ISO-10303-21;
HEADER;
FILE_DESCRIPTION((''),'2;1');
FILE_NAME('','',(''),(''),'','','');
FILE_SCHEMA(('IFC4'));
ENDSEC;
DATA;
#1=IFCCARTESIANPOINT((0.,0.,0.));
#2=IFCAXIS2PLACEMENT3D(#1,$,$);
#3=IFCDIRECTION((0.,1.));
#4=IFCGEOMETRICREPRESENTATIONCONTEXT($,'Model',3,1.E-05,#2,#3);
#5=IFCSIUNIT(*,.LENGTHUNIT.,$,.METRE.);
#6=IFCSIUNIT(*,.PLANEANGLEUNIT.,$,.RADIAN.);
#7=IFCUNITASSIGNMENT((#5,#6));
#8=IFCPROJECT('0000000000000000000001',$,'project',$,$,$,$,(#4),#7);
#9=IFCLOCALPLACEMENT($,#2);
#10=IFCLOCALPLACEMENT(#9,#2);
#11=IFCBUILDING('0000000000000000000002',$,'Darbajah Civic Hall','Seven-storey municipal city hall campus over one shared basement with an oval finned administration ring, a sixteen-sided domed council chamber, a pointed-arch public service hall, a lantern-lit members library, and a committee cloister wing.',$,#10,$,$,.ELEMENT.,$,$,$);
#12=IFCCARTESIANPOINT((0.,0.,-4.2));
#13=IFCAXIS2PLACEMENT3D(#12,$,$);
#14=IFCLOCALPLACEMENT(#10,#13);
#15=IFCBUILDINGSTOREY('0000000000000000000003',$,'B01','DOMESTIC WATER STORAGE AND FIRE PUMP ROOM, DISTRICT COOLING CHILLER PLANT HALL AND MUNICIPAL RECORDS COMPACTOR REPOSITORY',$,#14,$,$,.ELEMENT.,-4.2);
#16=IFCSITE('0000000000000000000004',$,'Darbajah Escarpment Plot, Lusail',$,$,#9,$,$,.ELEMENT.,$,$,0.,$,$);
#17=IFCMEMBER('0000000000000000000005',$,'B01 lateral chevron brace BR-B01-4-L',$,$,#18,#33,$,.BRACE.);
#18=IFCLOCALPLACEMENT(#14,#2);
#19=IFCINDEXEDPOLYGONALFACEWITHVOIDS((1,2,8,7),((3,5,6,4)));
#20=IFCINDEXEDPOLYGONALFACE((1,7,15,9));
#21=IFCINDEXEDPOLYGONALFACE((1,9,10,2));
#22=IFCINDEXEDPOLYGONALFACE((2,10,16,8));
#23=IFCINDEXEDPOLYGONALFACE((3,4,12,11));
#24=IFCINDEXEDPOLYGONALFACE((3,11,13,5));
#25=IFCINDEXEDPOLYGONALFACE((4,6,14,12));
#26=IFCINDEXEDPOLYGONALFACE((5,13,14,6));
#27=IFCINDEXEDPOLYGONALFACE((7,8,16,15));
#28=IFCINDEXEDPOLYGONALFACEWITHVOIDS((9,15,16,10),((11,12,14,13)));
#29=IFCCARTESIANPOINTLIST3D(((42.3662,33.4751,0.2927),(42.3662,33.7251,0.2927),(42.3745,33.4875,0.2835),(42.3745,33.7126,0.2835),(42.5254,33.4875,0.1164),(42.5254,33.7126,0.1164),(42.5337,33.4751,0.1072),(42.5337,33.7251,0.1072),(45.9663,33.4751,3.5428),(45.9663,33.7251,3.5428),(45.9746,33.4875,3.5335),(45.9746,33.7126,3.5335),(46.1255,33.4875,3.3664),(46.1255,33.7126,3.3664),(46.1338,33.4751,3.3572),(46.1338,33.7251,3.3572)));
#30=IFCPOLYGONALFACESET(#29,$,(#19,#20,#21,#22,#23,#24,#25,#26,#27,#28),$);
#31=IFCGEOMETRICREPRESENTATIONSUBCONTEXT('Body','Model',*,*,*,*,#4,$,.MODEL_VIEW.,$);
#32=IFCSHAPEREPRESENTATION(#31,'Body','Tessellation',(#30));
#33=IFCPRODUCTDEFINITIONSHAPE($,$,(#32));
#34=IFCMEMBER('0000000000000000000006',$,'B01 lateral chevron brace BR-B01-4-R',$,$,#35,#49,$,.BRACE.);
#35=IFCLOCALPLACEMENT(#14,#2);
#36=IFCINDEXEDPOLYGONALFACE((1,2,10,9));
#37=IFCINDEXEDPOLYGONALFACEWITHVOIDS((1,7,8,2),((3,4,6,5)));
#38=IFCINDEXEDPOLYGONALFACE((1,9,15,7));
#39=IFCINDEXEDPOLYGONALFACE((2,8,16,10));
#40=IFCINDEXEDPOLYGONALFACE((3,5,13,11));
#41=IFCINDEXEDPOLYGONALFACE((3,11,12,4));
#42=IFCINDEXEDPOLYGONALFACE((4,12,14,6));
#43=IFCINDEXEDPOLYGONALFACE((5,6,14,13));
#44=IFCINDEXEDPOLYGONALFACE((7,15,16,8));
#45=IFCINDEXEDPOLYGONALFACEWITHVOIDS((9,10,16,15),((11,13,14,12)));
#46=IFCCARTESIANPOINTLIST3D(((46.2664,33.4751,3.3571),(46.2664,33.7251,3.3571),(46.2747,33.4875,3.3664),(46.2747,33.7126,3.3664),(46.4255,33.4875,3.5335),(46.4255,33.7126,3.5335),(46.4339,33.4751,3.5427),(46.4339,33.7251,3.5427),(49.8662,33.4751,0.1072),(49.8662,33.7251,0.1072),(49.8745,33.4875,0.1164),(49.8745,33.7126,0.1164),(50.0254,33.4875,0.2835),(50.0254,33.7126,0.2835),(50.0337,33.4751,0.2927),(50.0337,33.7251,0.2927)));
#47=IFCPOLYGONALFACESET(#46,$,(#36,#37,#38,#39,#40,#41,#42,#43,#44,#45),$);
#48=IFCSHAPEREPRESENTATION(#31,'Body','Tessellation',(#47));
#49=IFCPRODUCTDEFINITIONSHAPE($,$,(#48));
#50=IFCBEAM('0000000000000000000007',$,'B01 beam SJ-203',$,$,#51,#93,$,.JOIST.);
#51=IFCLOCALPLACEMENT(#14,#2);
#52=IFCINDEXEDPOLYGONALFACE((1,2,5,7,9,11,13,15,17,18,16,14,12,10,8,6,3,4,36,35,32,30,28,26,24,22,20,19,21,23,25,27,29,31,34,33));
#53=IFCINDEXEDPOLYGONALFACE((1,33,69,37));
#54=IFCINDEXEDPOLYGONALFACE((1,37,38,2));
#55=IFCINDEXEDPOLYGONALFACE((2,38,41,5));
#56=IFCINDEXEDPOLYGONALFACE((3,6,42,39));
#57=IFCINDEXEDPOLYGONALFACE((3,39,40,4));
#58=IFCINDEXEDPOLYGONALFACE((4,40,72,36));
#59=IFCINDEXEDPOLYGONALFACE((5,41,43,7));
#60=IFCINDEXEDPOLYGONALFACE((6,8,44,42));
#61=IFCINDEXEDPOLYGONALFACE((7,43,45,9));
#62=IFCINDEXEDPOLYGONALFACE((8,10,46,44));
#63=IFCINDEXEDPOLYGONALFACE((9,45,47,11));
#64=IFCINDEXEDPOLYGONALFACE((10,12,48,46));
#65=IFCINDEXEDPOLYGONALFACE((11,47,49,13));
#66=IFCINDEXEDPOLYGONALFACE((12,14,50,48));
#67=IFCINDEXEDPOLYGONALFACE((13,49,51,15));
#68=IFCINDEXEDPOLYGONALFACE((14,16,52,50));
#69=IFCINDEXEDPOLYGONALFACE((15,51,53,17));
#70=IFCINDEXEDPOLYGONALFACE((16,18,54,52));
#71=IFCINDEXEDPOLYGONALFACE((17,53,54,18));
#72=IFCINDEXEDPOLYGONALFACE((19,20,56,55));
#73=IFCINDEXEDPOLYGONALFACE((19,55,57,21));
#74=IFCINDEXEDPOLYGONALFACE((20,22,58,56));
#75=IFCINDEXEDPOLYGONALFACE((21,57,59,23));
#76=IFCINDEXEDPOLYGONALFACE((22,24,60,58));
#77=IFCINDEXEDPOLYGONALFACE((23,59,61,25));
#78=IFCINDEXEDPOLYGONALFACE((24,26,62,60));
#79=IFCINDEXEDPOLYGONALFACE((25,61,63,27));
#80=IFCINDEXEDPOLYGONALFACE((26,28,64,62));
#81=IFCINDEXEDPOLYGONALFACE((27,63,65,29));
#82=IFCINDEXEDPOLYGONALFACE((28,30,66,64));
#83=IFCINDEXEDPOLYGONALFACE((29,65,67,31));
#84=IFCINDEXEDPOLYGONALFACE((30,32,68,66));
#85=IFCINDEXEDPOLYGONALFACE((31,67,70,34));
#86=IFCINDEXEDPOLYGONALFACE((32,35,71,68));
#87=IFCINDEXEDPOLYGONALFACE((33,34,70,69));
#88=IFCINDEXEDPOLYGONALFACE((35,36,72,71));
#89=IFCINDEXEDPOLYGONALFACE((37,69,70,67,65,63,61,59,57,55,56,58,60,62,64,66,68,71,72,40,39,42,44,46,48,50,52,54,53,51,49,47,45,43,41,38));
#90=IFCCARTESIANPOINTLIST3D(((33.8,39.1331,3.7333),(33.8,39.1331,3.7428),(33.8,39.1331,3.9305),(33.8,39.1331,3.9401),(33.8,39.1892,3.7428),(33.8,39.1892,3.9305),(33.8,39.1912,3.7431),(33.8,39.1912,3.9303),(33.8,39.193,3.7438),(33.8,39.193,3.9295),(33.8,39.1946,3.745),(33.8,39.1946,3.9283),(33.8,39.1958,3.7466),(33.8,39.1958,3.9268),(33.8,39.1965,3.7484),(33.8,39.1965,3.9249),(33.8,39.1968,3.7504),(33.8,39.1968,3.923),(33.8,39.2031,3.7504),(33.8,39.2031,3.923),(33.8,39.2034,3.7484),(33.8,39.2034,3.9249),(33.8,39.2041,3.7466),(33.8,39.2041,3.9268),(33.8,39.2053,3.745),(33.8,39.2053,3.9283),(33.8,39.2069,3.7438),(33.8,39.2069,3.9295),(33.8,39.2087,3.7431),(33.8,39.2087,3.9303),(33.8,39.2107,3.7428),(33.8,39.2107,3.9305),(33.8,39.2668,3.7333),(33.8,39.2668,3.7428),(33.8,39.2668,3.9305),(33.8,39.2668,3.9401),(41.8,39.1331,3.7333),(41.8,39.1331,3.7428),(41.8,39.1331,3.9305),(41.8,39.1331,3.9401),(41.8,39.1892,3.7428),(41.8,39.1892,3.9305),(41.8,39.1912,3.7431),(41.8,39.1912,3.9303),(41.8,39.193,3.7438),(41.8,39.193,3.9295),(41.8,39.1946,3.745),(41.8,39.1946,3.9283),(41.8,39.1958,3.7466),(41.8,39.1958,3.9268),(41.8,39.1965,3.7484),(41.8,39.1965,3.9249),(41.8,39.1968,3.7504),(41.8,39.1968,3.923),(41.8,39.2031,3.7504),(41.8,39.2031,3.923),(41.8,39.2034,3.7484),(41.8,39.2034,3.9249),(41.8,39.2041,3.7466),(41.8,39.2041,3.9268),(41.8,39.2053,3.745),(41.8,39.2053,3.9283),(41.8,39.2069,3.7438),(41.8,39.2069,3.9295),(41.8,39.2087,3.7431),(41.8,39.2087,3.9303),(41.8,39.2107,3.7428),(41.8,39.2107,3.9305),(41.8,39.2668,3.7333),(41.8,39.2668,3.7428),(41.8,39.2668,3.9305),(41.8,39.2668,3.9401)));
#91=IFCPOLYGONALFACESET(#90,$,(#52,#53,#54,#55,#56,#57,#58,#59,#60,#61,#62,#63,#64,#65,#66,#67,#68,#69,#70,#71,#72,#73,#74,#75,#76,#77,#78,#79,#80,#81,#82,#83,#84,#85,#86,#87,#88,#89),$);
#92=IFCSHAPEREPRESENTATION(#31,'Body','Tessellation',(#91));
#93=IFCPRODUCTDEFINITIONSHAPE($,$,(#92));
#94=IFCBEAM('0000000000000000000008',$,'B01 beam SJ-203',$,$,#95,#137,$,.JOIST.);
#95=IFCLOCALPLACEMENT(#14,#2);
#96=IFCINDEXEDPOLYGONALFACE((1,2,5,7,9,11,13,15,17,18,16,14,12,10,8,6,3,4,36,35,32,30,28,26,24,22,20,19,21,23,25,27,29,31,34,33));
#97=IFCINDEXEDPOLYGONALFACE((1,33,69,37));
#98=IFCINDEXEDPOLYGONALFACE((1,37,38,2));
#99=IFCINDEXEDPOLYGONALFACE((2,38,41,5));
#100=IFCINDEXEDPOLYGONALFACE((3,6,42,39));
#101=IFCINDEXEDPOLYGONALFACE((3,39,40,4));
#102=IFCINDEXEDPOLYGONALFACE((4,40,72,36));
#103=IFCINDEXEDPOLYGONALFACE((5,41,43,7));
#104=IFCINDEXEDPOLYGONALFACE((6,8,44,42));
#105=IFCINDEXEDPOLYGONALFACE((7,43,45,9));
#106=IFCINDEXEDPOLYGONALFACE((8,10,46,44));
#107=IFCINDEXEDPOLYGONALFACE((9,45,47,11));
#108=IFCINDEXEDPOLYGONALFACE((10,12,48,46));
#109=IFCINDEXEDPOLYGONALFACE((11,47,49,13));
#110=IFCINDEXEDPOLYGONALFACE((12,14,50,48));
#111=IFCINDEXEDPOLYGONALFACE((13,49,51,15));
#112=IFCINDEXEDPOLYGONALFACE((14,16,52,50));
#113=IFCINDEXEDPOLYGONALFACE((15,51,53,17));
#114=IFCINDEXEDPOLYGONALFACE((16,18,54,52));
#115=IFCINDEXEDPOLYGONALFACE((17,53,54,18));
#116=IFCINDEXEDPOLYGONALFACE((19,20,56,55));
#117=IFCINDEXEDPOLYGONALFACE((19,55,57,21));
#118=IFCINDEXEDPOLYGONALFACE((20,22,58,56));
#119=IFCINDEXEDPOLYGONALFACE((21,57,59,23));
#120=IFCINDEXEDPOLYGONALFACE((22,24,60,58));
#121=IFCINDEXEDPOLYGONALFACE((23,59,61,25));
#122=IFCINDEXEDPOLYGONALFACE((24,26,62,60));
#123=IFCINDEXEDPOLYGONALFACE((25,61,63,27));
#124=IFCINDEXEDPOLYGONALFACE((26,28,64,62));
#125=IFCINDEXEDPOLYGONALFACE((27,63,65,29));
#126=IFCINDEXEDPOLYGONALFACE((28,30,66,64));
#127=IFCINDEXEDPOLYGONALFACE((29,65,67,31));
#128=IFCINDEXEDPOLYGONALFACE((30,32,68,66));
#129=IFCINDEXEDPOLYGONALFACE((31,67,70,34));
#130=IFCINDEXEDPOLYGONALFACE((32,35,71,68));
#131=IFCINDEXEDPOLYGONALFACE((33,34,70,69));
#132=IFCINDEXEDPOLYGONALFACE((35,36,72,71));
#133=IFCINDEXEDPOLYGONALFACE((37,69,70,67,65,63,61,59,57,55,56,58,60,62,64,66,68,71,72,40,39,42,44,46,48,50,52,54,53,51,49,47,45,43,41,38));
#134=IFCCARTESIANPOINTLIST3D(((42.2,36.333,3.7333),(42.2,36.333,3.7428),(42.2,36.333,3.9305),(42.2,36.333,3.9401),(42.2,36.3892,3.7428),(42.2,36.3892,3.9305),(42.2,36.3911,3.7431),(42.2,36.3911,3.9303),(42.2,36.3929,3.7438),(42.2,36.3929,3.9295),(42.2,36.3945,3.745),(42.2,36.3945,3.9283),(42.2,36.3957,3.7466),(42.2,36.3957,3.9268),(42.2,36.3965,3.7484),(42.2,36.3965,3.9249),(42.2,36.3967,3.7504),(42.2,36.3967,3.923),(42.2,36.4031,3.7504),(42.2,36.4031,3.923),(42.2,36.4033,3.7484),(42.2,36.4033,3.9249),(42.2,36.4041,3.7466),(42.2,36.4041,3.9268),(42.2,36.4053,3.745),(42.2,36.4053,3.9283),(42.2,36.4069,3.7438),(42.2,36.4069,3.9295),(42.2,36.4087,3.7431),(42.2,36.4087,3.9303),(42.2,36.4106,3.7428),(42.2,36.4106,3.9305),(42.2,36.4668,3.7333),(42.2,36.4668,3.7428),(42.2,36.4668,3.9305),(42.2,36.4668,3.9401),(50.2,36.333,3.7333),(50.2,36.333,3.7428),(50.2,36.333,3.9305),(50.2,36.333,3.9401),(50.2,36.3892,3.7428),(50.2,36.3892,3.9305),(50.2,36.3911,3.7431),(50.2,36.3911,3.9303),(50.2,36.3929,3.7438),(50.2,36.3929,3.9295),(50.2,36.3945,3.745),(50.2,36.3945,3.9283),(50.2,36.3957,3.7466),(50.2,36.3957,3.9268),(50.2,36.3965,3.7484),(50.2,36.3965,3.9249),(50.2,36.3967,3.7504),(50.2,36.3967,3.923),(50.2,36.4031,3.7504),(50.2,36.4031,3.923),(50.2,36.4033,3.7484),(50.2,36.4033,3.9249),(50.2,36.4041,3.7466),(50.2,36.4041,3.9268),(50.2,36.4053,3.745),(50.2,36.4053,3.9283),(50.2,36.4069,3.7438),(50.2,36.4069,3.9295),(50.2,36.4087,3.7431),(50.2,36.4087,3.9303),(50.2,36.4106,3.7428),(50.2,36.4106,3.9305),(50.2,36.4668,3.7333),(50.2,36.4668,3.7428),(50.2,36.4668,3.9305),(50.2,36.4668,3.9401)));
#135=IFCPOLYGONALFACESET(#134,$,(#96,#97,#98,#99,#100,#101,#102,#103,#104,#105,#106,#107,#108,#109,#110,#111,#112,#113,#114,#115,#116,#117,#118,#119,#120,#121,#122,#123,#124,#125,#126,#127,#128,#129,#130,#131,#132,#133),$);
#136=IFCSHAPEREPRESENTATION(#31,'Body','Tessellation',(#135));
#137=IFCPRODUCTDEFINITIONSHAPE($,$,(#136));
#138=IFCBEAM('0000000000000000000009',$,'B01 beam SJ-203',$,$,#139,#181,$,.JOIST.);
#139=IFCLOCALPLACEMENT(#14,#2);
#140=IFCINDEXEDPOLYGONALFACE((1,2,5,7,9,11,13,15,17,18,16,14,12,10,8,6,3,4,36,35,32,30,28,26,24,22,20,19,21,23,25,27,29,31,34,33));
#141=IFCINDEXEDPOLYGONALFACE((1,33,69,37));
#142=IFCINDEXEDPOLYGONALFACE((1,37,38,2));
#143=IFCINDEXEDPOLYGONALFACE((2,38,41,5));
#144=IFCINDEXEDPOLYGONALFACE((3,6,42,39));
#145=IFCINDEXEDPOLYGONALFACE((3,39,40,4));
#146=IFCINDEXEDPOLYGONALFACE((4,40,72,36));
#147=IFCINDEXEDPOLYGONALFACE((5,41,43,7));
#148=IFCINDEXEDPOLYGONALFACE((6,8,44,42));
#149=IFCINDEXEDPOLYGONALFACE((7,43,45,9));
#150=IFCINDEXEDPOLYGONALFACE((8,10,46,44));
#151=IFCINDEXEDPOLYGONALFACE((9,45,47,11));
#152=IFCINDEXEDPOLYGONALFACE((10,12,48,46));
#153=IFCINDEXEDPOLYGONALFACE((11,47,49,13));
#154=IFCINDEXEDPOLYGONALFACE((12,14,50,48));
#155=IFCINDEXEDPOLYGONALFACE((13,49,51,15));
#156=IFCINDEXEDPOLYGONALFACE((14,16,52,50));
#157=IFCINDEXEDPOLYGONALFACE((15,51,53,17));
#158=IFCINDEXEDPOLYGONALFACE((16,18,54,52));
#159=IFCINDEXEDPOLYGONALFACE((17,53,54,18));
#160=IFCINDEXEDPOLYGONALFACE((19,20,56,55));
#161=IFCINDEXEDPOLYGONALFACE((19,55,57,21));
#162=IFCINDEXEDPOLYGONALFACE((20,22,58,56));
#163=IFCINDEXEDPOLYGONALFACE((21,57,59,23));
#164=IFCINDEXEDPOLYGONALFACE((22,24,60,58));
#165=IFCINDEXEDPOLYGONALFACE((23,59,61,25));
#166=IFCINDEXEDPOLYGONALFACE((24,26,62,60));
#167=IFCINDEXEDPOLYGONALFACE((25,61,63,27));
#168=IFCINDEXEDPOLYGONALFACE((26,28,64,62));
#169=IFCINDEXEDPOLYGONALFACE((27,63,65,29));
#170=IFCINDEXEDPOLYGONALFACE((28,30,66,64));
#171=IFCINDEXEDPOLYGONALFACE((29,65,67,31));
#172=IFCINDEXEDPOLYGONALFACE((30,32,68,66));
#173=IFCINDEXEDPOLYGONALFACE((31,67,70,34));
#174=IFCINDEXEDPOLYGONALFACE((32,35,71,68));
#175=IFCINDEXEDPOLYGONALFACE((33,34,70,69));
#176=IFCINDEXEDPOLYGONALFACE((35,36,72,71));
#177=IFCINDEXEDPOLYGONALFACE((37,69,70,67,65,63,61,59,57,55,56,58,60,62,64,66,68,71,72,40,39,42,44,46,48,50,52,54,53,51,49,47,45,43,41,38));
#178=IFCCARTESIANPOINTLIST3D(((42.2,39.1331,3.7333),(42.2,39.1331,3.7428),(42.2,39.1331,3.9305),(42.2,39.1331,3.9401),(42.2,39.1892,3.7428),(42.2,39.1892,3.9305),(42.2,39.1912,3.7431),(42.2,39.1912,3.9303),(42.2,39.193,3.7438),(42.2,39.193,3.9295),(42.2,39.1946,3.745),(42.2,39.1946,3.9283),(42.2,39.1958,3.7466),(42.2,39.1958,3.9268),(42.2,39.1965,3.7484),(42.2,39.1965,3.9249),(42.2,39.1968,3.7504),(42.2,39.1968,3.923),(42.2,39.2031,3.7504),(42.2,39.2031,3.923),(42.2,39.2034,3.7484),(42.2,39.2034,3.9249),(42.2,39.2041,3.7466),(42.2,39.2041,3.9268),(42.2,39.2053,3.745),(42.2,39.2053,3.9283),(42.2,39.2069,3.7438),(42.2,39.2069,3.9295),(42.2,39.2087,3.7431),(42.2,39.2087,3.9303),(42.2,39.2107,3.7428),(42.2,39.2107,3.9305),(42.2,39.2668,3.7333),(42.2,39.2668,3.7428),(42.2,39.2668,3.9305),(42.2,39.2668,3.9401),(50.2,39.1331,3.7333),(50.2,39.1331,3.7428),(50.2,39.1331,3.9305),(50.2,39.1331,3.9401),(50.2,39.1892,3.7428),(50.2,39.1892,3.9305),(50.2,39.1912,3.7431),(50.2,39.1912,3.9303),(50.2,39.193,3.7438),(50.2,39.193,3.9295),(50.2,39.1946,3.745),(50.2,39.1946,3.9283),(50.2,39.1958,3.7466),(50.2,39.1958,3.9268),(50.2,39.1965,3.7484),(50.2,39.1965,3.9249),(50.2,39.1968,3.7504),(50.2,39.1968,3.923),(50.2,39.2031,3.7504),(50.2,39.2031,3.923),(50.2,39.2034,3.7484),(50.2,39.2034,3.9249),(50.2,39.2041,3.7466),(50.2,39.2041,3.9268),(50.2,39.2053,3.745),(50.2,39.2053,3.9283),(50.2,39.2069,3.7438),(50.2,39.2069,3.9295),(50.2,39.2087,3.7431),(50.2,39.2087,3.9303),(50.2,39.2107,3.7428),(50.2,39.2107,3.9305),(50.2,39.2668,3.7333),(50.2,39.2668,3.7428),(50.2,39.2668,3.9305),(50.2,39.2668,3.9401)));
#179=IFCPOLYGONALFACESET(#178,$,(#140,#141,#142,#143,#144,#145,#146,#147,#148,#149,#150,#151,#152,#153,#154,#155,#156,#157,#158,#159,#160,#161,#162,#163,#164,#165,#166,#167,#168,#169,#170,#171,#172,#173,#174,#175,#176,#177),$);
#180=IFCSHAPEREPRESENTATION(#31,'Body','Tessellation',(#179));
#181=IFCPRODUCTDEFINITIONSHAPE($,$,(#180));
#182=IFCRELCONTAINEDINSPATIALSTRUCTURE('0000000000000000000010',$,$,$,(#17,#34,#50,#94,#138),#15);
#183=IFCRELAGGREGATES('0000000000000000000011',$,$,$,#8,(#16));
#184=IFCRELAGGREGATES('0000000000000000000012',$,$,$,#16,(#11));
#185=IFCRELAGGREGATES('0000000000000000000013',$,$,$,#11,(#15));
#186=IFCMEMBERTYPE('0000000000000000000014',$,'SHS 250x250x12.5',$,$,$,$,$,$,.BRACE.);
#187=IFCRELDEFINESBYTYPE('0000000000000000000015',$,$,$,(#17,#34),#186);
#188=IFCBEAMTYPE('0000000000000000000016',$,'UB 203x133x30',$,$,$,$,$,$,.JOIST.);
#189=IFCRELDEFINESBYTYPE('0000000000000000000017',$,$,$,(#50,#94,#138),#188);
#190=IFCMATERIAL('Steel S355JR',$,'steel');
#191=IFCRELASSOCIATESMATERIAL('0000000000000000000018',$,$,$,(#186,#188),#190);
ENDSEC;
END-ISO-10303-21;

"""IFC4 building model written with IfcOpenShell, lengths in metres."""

from ifc_helpers import new_model, si_unit, direction, frame, origin, origin_2d, place, context, subcontext, project, spatial, hollow_rectangle, i_section, extrude, material, material_profile, profile_set, type_object, element, save


model = new_model("IFC4")

# Units and contexts
model_context = context("Model", 3, precision=1e-05, world=origin(), true_north=direction((0.0, 1.0)))
body_context = subcontext(model_context, "Body", "Model", "MODEL_VIEW")
ifc_project = project(units=[si_unit("LENGTHUNIT", "METRE"), si_unit("PLANEANGLEUNIT", "RADIAN")], contexts=[model_context])

# Site, building, storey
site_placement = place(None, origin())
site = spatial("IfcSite", under=ifc_project, at=site_placement, Name="Darbajah Escarpment Plot, Lusail", CompositionType="ELEMENT", RefElevation=0.0)
building_placement = place(site_placement, origin())
building = spatial("IfcBuilding", under=site, at=building_placement, Name="Darbajah Civic Hall", Description="Seven-storey municipal city hall campus over one shared basement with an oval finned administration ring, a sixteen-sided domed council chamber, a pointed-arch public service hall, a lantern-lit members library, and a committee cloister wing.", CompositionType="ELEMENT")
storey_placement = place(building_placement, frame((0.0, 0.0, -4.2)))
storey = spatial("IfcBuildingStorey", under=building, at=storey_placement, Name="B01", Description="DOMESTIC WATER STORAGE AND FIRE PUMP ROOM, DISTRICT COOLING CHILLER PLANT HALL AND MUNICIPAL RECORDS COMPACTOR REPOSITORY", CompositionType="ELEMENT", Elevation=-4.2)

# Members
ifc_material_1 = material(Name="Steel S355JR", Category="steel")
ifc_material_profile_1 = material_profile(ifc_material_1, hollow_rectangle(XDim=0.25, YDim=0.25, WallThickness=0.0125, at=origin_2d()), Name="SHS 250x250x12.5")
ifc_profile_set_1 = profile_set([ifc_material_profile_1], Name="Steel S355JR")
member_type = type_object("IfcMemberType", Name="SHS 250x250x12.5", PredefinedType="BRACE", material=ifc_profile_set_1)
member_1_placement = place(storey_placement, frame((42.45, 33.6001, 0.2), z_axis=(0.742277, 0.0, 0.670093), x_axis=(0.0, 1.0, 0.0)))
element("IfcMember", 1, at=member_1_placement, inside=storey, type_object=member_type, Name="B01 lateral chevron brace BR-B01-4-L", PredefinedType="BRACE", context=body_context, shape_type="SweptSolid", body=[
    extrude(hollow_rectangle(XDim=0.25, YDim=0.25, WallThickness=0.0125, at=origin_2d()), origin(), (0.0, 0.0, 1.0), 4.8501),
])
member_2_placement = place(storey_placement, frame((49.95, 33.6001, 0.2), z_axis=(-0.742254, 0.0, 0.670118), x_axis=(0.0, -1.0, 0.0)))
element("IfcMember", 2, at=member_2_placement, inside=storey, type_object=member_type, Name="B01 lateral chevron brace BR-B01-4-R", PredefinedType="BRACE", context=body_context, shape_type="SweptSolid", body=[
    extrude(hollow_rectangle(XDim=0.25, YDim=0.25, WallThickness=0.0125, at=origin_2d()), origin(), (0.0, 0.0, 1.0), 4.8499),
])

# Beams
ifc_material_profile_2 = material_profile(ifc_material_1, i_section(OverallWidth=0.1338, OverallDepth=0.2068, WebThickness=0.0063, FlangeThickness=0.0095, FilletRadius=0.0076, at=origin_2d()), Name="UB 203x133x30")
ifc_profile_set_2 = profile_set([ifc_material_profile_2], Name="Steel S355JR")
beam_type_1 = type_object("IfcBeamType", Name="UB 203x133x30", PredefinedType="JOIST", material=ifc_profile_set_2)
for number, where, z_axis, x_axis, name in (
    (3, (33.8, 39.2, 3.8367), (1.0, 0.0, 0.0), (0.0, 1.0, 0.0), "B01 beam SJ-203"),
    (4, (42.2, 36.3999, 3.8367), (1.0, 0.0, 0.0), (0.0, 1.0, 0.0), "B01 beam SJ-203"),
    (5, (42.2, 39.2, 3.8367), (1.0, 0.0, 0.0), (0.0, 1.0, 0.0), "B01 beam SJ-203"),
):
    element("IfcBeam", number, at=place(storey_placement, frame(where, z_axis=z_axis, x_axis=x_axis)), inside=storey, type_object=beam_type_1, Name=name, PredefinedType="JOIST", context=body_context, shape_type="SweptSolid", body=[
        extrude(i_section(OverallWidth=0.1338, OverallDepth=0.2068, WebThickness=0.0063, FlangeThickness=0.0095, FilletRadius=0.0076, at=origin_2d()), origin(), (0.0, 0.0, 1.0), 8.0),
    ])

save(model, "model.ifc")
